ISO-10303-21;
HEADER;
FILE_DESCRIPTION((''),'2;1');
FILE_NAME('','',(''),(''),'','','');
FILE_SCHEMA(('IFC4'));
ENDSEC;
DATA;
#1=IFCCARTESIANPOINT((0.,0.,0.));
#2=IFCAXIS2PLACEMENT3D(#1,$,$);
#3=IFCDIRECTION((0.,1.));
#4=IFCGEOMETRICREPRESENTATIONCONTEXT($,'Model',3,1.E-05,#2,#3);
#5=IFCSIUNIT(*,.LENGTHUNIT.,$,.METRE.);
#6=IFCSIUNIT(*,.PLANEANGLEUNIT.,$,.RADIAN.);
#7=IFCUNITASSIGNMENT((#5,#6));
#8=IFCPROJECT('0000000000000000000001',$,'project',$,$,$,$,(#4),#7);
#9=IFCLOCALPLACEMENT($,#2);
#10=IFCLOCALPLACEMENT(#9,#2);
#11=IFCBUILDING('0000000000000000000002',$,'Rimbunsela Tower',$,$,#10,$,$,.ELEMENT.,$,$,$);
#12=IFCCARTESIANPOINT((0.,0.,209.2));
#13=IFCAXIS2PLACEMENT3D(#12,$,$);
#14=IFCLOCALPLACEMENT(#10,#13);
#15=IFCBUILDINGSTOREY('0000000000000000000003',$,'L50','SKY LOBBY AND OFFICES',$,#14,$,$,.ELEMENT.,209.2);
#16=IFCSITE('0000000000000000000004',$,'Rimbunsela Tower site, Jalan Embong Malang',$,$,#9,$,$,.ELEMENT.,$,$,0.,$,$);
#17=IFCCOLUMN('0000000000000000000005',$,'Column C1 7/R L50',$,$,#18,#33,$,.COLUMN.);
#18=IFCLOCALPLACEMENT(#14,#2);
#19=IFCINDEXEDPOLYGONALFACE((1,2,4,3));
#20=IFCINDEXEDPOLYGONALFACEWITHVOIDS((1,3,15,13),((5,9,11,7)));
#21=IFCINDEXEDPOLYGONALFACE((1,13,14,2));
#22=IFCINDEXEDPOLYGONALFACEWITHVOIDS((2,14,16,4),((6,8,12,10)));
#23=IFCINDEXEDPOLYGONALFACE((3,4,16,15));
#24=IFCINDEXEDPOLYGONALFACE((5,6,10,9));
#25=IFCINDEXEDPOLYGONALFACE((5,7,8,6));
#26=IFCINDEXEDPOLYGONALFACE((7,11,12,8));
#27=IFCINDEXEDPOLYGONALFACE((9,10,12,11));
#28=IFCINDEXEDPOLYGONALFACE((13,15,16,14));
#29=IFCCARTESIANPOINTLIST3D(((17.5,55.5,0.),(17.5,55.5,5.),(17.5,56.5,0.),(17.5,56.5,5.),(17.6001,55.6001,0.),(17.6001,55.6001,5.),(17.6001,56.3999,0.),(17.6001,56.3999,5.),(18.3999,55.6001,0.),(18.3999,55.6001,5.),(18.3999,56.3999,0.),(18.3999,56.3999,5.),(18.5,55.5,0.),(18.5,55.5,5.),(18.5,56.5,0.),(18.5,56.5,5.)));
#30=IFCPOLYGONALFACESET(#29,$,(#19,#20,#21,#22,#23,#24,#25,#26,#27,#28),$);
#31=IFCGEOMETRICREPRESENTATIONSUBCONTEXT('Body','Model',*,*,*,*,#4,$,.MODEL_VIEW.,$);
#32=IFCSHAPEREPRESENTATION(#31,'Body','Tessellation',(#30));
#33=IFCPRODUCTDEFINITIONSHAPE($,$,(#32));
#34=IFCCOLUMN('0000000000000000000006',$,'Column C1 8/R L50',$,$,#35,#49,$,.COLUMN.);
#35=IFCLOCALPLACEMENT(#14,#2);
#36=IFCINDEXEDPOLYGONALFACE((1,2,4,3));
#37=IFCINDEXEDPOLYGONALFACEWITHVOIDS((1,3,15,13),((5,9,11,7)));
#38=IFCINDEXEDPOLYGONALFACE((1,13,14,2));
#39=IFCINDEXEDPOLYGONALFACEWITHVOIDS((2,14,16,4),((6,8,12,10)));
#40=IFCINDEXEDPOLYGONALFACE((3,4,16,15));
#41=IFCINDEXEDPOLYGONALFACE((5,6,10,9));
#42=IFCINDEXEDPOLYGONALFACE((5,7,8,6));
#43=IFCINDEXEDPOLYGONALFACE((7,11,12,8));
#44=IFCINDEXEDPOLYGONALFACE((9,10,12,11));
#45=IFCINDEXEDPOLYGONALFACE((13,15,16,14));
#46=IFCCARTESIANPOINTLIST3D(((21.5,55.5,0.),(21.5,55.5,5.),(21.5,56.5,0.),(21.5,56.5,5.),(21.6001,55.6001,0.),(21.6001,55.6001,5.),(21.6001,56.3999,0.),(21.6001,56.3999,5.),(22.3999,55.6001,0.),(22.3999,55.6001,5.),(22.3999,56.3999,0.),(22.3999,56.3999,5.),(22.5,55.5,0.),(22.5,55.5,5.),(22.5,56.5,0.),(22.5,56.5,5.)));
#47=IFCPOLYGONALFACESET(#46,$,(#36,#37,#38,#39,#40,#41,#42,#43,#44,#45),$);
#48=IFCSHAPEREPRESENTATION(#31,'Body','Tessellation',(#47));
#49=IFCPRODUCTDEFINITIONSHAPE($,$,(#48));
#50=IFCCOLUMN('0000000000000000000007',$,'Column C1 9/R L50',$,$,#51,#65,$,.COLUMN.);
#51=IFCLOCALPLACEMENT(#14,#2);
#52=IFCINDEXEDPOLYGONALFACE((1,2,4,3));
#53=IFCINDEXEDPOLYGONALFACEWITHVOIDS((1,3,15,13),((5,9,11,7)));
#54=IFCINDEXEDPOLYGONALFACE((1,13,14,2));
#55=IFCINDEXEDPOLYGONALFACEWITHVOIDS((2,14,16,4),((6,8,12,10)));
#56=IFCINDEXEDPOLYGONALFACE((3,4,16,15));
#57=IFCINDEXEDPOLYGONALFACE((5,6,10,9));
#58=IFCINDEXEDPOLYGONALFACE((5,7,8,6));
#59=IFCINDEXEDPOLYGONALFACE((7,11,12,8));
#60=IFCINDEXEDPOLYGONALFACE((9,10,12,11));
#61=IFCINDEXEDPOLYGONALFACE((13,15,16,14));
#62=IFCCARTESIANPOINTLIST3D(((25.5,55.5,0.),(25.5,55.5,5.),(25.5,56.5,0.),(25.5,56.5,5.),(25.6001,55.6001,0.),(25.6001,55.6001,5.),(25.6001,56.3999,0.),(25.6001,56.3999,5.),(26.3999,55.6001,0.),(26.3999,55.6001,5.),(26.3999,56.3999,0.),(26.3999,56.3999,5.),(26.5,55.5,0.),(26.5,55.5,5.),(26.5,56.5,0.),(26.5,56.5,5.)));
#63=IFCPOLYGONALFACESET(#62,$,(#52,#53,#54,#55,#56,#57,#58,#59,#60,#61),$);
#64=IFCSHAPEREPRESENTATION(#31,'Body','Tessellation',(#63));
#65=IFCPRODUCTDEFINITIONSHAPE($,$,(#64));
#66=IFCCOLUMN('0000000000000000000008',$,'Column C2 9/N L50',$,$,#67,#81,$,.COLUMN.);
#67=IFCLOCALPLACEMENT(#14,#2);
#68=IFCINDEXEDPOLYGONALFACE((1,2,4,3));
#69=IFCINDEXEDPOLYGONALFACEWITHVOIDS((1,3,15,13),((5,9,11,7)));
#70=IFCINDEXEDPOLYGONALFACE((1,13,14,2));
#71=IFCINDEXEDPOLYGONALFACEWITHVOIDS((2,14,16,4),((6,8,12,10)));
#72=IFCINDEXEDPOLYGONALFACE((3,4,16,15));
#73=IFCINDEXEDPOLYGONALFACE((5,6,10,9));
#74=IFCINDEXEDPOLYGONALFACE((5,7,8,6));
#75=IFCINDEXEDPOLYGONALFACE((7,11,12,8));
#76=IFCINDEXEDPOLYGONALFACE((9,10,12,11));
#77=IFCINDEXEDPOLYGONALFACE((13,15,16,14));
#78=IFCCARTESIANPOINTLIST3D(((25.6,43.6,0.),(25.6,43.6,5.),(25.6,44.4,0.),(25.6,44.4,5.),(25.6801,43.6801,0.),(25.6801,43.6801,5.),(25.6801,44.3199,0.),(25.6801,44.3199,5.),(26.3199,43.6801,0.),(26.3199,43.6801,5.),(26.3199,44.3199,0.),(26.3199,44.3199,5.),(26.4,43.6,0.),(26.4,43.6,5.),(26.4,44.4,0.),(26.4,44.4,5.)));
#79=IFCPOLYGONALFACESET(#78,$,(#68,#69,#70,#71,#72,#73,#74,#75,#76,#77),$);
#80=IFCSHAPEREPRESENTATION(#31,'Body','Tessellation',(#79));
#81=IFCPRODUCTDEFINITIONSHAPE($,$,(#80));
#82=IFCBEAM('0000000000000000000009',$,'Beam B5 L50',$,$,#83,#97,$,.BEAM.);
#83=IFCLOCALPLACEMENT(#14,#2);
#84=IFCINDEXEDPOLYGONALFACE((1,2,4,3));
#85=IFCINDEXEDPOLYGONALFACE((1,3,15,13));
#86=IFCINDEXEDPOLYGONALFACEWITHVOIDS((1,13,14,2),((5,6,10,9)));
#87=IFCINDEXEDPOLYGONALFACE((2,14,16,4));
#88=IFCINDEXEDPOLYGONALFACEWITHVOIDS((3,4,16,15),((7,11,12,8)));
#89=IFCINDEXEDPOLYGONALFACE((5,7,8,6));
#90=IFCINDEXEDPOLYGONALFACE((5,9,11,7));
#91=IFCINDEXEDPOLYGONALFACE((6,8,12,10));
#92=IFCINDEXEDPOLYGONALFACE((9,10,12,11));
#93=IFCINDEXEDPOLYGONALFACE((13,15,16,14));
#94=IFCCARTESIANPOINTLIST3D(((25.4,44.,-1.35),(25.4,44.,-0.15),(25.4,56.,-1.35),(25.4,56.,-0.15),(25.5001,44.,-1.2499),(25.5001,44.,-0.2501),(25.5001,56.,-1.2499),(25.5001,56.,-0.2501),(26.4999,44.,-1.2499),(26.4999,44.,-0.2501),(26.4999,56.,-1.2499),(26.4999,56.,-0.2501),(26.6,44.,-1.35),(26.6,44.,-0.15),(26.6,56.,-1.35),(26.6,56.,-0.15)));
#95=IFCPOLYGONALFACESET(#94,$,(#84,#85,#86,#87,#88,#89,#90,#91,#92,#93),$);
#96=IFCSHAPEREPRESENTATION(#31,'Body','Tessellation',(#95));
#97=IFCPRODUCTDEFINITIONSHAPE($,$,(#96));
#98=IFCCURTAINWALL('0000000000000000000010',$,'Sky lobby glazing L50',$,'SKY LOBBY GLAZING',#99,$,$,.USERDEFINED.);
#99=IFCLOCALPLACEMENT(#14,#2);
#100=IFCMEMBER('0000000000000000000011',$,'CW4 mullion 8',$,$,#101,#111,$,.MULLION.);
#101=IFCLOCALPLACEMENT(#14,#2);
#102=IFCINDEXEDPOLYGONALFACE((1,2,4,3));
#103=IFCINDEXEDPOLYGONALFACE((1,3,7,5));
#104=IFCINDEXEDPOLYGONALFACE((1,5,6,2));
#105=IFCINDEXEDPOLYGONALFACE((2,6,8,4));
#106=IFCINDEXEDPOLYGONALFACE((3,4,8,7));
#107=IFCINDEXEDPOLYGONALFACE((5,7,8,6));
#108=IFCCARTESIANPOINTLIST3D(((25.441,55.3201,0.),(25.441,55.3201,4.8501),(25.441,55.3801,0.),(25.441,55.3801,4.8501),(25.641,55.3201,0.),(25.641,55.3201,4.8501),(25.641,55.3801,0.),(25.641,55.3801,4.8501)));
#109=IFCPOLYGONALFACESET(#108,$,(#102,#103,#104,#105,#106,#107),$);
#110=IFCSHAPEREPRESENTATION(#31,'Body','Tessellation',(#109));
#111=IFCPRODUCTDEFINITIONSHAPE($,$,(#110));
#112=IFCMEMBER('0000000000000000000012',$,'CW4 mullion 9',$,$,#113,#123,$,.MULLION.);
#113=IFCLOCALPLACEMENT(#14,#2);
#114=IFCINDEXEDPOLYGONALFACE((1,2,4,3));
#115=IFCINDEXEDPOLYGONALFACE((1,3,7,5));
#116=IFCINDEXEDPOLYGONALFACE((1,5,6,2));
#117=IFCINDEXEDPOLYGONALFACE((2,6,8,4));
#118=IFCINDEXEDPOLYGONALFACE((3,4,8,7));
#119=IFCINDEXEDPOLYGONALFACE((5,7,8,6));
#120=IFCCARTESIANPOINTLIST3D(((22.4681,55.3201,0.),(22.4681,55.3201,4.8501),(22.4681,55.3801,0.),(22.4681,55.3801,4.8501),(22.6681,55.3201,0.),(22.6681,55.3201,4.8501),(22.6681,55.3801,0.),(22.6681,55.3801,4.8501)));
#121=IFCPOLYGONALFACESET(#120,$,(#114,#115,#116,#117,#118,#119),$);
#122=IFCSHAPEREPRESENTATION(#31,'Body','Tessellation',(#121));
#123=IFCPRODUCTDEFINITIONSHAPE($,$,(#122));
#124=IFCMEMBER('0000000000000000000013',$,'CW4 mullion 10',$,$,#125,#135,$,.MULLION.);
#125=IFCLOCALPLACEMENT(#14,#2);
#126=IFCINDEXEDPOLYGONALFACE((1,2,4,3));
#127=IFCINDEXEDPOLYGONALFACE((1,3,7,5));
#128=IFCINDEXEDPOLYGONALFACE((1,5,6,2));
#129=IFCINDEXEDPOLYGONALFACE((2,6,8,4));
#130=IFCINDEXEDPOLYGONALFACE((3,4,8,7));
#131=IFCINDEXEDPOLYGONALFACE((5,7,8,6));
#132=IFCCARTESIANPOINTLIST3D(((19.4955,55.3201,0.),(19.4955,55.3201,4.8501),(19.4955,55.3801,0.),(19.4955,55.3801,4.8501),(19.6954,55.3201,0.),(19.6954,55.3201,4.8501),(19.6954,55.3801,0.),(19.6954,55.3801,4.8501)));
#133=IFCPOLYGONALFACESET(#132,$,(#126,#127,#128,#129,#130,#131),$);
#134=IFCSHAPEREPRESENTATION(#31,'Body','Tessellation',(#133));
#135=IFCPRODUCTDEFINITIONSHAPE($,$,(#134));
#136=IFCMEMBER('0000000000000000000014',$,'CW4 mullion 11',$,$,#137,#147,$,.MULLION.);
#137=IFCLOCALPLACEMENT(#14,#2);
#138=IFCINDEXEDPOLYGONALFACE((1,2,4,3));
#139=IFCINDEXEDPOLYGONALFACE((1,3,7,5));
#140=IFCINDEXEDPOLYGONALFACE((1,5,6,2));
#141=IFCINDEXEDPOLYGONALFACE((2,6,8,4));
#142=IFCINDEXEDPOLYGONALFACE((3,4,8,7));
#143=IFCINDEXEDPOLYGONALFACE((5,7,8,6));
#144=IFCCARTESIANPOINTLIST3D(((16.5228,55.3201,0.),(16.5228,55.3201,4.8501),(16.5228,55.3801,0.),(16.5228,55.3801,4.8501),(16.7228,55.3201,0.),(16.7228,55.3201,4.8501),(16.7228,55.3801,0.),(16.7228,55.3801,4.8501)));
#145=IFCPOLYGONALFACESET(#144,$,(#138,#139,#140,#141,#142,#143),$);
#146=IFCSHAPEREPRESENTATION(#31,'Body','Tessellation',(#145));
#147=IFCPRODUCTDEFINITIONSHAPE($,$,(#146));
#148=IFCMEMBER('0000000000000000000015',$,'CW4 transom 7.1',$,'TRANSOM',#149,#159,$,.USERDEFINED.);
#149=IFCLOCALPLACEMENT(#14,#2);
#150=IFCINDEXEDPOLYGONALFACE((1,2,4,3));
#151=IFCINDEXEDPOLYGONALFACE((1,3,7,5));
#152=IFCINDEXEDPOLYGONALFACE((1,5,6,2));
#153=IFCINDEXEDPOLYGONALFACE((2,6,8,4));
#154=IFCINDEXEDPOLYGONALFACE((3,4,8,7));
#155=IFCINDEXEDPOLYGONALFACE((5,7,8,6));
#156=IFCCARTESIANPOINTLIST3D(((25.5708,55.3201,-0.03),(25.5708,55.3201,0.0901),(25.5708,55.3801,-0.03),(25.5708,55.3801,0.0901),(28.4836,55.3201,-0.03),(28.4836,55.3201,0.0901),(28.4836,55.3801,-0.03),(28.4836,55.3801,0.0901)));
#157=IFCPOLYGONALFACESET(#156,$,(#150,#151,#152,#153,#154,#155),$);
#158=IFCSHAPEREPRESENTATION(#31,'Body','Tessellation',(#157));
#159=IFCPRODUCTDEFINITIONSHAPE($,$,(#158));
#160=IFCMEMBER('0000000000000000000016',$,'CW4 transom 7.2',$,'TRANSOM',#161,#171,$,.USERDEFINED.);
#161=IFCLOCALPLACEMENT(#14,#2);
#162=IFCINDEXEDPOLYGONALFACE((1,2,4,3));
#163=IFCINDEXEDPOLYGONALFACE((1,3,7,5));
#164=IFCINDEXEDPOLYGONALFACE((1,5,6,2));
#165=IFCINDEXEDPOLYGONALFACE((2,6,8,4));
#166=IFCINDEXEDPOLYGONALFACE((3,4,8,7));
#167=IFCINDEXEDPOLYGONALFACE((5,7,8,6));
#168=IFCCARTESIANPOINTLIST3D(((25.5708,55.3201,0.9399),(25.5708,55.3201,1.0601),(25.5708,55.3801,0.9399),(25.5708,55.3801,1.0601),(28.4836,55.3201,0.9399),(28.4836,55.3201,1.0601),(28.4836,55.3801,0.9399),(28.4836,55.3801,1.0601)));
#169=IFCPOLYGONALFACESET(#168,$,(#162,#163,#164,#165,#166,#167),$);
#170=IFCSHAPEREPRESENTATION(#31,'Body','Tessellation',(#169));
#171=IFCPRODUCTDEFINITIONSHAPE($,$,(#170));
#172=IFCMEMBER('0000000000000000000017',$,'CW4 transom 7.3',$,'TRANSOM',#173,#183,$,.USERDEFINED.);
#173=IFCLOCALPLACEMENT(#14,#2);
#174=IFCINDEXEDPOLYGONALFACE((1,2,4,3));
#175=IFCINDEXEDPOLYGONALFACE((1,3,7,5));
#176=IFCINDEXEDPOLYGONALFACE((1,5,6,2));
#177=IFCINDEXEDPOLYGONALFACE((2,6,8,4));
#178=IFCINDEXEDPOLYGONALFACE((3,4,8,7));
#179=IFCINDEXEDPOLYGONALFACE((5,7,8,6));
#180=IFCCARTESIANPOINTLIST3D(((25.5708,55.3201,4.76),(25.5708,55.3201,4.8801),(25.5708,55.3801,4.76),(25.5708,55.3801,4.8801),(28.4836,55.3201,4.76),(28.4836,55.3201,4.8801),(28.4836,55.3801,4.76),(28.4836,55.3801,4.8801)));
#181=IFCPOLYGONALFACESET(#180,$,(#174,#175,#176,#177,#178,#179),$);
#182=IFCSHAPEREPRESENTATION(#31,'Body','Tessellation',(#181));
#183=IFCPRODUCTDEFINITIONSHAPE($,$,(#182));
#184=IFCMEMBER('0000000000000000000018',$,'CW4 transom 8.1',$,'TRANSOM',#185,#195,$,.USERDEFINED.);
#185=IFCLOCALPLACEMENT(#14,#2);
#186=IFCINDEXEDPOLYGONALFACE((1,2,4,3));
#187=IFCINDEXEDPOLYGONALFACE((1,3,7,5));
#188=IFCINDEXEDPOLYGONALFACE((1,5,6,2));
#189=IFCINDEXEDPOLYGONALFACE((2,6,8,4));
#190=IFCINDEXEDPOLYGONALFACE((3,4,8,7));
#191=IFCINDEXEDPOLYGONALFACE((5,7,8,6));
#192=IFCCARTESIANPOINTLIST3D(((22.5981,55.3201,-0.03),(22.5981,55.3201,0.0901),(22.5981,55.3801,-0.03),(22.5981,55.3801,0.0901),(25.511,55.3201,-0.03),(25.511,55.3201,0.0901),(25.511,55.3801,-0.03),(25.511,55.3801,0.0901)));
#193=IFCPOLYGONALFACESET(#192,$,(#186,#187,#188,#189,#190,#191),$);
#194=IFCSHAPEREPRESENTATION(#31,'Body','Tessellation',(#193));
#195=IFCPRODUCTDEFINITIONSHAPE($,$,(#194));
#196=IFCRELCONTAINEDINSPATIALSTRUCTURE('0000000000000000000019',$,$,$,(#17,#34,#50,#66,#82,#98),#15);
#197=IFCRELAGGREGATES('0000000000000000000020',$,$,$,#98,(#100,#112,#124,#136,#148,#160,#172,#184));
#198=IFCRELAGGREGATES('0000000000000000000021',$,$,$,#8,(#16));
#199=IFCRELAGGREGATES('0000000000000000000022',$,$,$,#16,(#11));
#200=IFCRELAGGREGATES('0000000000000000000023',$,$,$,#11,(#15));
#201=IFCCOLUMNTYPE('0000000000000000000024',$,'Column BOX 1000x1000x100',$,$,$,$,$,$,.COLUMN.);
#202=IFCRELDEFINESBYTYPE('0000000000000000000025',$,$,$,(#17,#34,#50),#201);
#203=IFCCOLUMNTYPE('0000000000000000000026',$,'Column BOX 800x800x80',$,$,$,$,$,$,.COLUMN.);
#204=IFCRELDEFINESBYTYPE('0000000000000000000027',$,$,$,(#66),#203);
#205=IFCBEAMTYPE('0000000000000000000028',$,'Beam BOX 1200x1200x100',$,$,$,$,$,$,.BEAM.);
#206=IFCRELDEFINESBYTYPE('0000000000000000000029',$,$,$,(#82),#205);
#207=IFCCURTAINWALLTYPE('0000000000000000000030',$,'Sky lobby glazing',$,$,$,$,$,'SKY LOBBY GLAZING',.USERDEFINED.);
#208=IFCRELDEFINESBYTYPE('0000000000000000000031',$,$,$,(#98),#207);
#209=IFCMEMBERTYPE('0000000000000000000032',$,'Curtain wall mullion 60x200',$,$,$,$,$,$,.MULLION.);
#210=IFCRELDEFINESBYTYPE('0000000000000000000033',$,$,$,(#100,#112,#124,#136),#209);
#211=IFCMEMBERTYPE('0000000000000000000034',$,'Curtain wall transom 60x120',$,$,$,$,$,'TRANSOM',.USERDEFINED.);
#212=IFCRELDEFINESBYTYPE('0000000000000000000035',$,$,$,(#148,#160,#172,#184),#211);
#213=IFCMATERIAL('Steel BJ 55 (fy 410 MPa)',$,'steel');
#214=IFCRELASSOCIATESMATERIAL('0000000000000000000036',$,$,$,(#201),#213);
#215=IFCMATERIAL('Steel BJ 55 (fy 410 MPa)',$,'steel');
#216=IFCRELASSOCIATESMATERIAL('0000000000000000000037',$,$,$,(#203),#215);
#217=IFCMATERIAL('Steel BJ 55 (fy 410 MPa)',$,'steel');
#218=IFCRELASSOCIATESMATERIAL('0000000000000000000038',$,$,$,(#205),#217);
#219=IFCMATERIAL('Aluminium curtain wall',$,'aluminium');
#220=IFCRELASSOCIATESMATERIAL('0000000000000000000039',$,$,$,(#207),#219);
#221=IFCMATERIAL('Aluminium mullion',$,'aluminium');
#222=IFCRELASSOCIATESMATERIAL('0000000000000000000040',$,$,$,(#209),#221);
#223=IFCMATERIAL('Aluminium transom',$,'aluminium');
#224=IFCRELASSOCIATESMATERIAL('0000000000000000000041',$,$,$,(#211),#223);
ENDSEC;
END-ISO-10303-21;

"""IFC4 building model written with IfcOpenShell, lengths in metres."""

from ifc_helpers import new_model, si_unit, direction, frame, origin, origin_2d, place, context, subcontext, project, spatial, rectangle, hollow_rectangle, extrude, material, material_profile, profile_set, type_object, element, aggregate, save


model = new_model("IFC4")

# Units and contexts
model_context = context("Model", 3, precision=1e-05, world=origin(), true_north=direction((0.0, 1.0)))
body_context = subcontext(model_context, "Body", "Model", "MODEL_VIEW")
ifc_project = project(units=[si_unit("LENGTHUNIT", "METRE"), si_unit("PLANEANGLEUNIT", "RADIAN")], contexts=[model_context])

# Site, building, storey
site_placement = place(None, origin())
site = spatial("IfcSite", under=ifc_project, at=site_placement, Name="Rimbunsela Tower site, Jalan Embong Malang", CompositionType="ELEMENT", RefElevation=0.0)
building_placement = place(site_placement, origin())
building = spatial("IfcBuilding", under=site, at=building_placement, Name="Rimbunsela Tower", CompositionType="ELEMENT")
storey_placement = place(building_placement, frame((0.0, 0.0, 209.2)))
storey = spatial("IfcBuildingStorey", under=building, at=storey_placement, Name="L50", Description="SKY LOBBY AND OFFICES", CompositionType="ELEMENT", Elevation=209.2)

# Columns
ifc_material_1 = material(Name="Steel BJ 55 (fy 410 MPa)", Category="steel")
ifc_material_profile_1 = material_profile(ifc_material_1, hollow_rectangle(XDim=1.0, YDim=1.0, WallThickness=0.1001, at=origin_2d()), Name="BOX 1000x1000x100")
ifc_profile_set_1 = profile_set([ifc_material_profile_1], Name="Steel BJ 55 (fy 410 MPa)")
column_type_1 = type_object("IfcColumnType", Name="Column BOX 1000x1000x100", PredefinedType="COLUMN", material=ifc_profile_set_1)
for number, where, z_axis, x_axis, name in (
    (1, (18.0, 56.0, 0.0), (0.0, 0.0, 1.0), (1.0, 0.0, 0.0), "Column C1 7/R L50"),
    (2, (22.0, 56.0, 0.0), (0.0, 0.0, 1.0), (1.0, 0.0, 0.0), "Column C1 8/R L50"),
    (3, (26.0, 56.0, 0.0), (0.0, 0.0, 1.0), (1.0, 0.0, 0.0), "Column C1 9/R L50"),
):
    element("IfcColumn", number, at=place(storey_placement, frame(where, z_axis=z_axis, x_axis=x_axis)), inside=storey, type_object=column_type_1, Name=name, PredefinedType="COLUMN", context=body_context, shape_type="SweptSolid", body=[
        extrude(hollow_rectangle(XDim=1.0, YDim=1.0, WallThickness=0.1001, at=origin_2d()), origin(), (0.0, 0.0, 1.0), 5.0),
    ])
ifc_material_2 = material(Name="Steel BJ 55 (fy 410 MPa)", Category="steel")
ifc_material_profile_2 = material_profile(ifc_material_2, hollow_rectangle(XDim=0.8, YDim=0.8, WallThickness=0.0801, at=origin_2d()), Name="BOX 800x800x80")
ifc_profile_set_2 = profile_set([ifc_material_profile_2], Name="Steel BJ 55 (fy 410 MPa)")
column_type_2 = type_object("IfcColumnType", Name="Column BOX 800x800x80", PredefinedType="COLUMN", material=ifc_profile_set_2)
column_placement = place(storey_placement, frame((26.0, 44.0, 0.0), z_axis=(0.0, 0.0, 1.0), x_axis=(1.0, 0.0, 0.0)))
element("IfcColumn", 4, at=column_placement, inside=storey, type_object=column_type_2, Name="Column C2 9/N L50", PredefinedType="COLUMN", context=body_context, shape_type="SweptSolid", body=[
    extrude(hollow_rectangle(XDim=0.8, YDim=0.8, WallThickness=0.0801, at=origin_2d()), origin(), (0.0, 0.0, 1.0), 5.0),
])

# Beam
ifc_material_3 = material(Name="Steel BJ 55 (fy 410 MPa)", Category="steel")
ifc_material_profile_3 = material_profile(ifc_material_3, hollow_rectangle(XDim=1.2, YDim=1.2, WallThickness=0.1001, at=origin_2d()), Name="BOX 1200x1200x100")
ifc_profile_set_3 = profile_set([ifc_material_profile_3], Name="Steel BJ 55 (fy 410 MPa)")
beam_type = type_object("IfcBeamType", Name="Beam BOX 1200x1200x100", PredefinedType="BEAM", material=ifc_profile_set_3)
beam_placement = place(storey_placement, frame((26.0, 44.0, -0.75), z_axis=(0.0, 1.0, 0.0), x_axis=(-1.0, 0.0, 0.0)))
element("IfcBeam", 5, at=beam_placement, inside=storey, type_object=beam_type, Name="Beam B5 L50", PredefinedType="BEAM", context=body_context, shape_type="SweptSolid", body=[
    extrude(hollow_rectangle(XDim=1.2, YDim=1.2, WallThickness=0.1001, at=origin_2d()), origin(), (0.0, 0.0, 1.0), 12.0),
])

# Curtain wall, members
ifc_material_4 = material(Name="Aluminium curtain wall", Category="aluminium")
curtain_wall_type = type_object("IfcCurtainWallType", Name="Sky lobby glazing", ElementType="SKY LOBBY GLAZING", PredefinedType="USERDEFINED", material=ifc_material_4)
curtain_wall_placement = place(storey_placement, origin())
curtain_wall = element("IfcCurtainWall", 6, at=curtain_wall_placement, inside=storey, type_object=curtain_wall_type, Name="Sky lobby glazing L50", ObjectType="SKY LOBBY GLAZING", PredefinedType="USERDEFINED")
ifc_material_5 = material(Name="Aluminium mullion", Category="aluminium")
ifc_material_profile_4 = material_profile(ifc_material_5, rectangle(XDim=0.0601, YDim=0.2, at=origin_2d()), Name="Mullion 60x200")
ifc_profile_set_4 = profile_set([ifc_material_profile_4], Name="Aluminium mullion")
member_type_1 = type_object("IfcMemberType", Name="Curtain wall mullion 60x200", PredefinedType="MULLION", material=ifc_profile_set_4)
member_1_placement = place(storey_placement, frame((25.541, 55.3501, 0.0), z_axis=(0.0, 0.0, 1.0), x_axis=(0.0, -1.0, 0.0)))
member_1 = element("IfcMember", 7, at=member_1_placement, type_object=member_type_1, Name="CW4 mullion 8", PredefinedType="MULLION", context=body_context, shape_type="SweptSolid", body=[
    extrude(rectangle(XDim=0.0601, YDim=0.2, at=origin_2d()), origin(), (0.0, 0.0, 1.0), 4.8501),
])
member_2_placement = place(storey_placement, frame((22.5681, 55.3501, 0.0), z_axis=(0.0, 0.0, 1.0), x_axis=(0.0, -1.0, 0.0)))
member_2 = element("IfcMember", 8, at=member_2_placement, type_object=member_type_1, Name="CW4 mullion 9", PredefinedType="MULLION", context=body_context, shape_type="SweptSolid", body=[
    extrude(rectangle(XDim=0.0601, YDim=0.2, at=origin_2d()), origin(), (0.0, 0.0, 1.0), 4.8501),
])
member_3_placement = place(storey_placement, frame((19.5955, 55.3501, 0.0), z_axis=(0.0, 0.0, 1.0), x_axis=(0.0, -1.0, 0.0)))
member_3 = element("IfcMember", 9, at=member_3_placement, type_object=member_type_1, Name="CW4 mullion 10", PredefinedType="MULLION", context=body_context, shape_type="SweptSolid", body=[
    extrude(rectangle(XDim=0.0601, YDim=0.2, at=origin_2d()), origin(), (0.0, 0.0, 1.0), 4.8501),
])
member_4_placement = place(storey_placement, frame((16.6228, 55.3501, 0.0), z_axis=(0.0, 0.0, 1.0), x_axis=(0.0, -1.0, 0.0)))
member_4 = element("IfcMember", 10, at=member_4_placement, type_object=member_type_1, Name="CW4 mullion 11", PredefinedType="MULLION", context=body_context, shape_type="SweptSolid", body=[
    extrude(rectangle(XDim=0.0601, YDim=0.2, at=origin_2d()), origin(), (0.0, 0.0, 1.0), 4.8501),
])
ifc_material_6 = material(Name="Aluminium transom", Category="aluminium")
ifc_material_profile_5 = material_profile(ifc_material_6, rectangle(XDim=0.0601, YDim=0.1201, at=origin_2d()), Name="Transom 60x120")
ifc_profile_set_5 = profile_set([ifc_material_profile_5], Name="Aluminium transom")
member_type_2 = type_object("IfcMemberType", Name="Curtain wall transom 60x120", ElementType="TRANSOM", PredefinedType="USERDEFINED", material=ifc_profile_set_5)
member_5_placement = place(storey_placement, frame((28.4836, 55.3501, 0.03), z_axis=(-1.0, 0.0, 0.0), x_axis=(0.0, -1.0, 0.0)))
member_5 = element("IfcMember", 11, at=member_5_placement, type_object=member_type_2, Name="CW4 transom 7.1", ObjectType="TRANSOM", PredefinedType="USERDEFINED", context=body_context, shape_type="SweptSolid", body=[
    extrude(rectangle(XDim=0.0601, YDim=0.1201, at=origin_2d()), origin(), (0.0, 0.0, 1.0), 2.9128),
])
member_6_placement = place(storey_placement, frame((28.4836, 55.3501, 1.0), z_axis=(-1.0, 0.0, 0.0), x_axis=(0.0, -1.0, 0.0)))
member_6 = element("IfcMember", 12, at=member_6_placement, type_object=member_type_2, Name="CW4 transom 7.2", ObjectType="TRANSOM", PredefinedType="USERDEFINED", context=body_context, shape_type="SweptSolid", body=[
    extrude(rectangle(XDim=0.0601, YDim=0.1201, at=origin_2d()), origin(), (0.0, 0.0, 1.0), 2.9128),
])
member_7_placement = place(storey_placement, frame((28.4836, 55.3501, 4.8201), z_axis=(-1.0, 0.0, 0.0), x_axis=(0.0, -1.0, 0.0)))
member_7 = element("IfcMember", 13, at=member_7_placement, type_object=member_type_2, Name="CW4 transom 7.3", ObjectType="TRANSOM", PredefinedType="USERDEFINED", context=body_context, shape_type="SweptSolid", body=[
    extrude(rectangle(XDim=0.0601, YDim=0.1201, at=origin_2d()), origin(), (0.0, 0.0, 1.0), 2.9128),
])
member_8_placement = place(storey_placement, frame((25.511, 55.3501, 0.03), z_axis=(-1.0, 0.0, 0.0), x_axis=(0.0, -1.0, 0.0)))
member_8 = element("IfcMember", 14, at=member_8_placement, type_object=member_type_2, Name="CW4 transom 8.1", ObjectType="TRANSOM", PredefinedType="USERDEFINED", context=body_context, shape_type="SweptSolid", body=[
    extrude(rectangle(XDim=0.0601, YDim=0.1201, at=origin_2d()), origin(), (0.0, 0.0, 1.0), 2.9128),
])
aggregate(curtain_wall, [member_1, member_2, member_3, member_4, member_5, member_6, member_7, member_8])

save(model, "model.ifc")
